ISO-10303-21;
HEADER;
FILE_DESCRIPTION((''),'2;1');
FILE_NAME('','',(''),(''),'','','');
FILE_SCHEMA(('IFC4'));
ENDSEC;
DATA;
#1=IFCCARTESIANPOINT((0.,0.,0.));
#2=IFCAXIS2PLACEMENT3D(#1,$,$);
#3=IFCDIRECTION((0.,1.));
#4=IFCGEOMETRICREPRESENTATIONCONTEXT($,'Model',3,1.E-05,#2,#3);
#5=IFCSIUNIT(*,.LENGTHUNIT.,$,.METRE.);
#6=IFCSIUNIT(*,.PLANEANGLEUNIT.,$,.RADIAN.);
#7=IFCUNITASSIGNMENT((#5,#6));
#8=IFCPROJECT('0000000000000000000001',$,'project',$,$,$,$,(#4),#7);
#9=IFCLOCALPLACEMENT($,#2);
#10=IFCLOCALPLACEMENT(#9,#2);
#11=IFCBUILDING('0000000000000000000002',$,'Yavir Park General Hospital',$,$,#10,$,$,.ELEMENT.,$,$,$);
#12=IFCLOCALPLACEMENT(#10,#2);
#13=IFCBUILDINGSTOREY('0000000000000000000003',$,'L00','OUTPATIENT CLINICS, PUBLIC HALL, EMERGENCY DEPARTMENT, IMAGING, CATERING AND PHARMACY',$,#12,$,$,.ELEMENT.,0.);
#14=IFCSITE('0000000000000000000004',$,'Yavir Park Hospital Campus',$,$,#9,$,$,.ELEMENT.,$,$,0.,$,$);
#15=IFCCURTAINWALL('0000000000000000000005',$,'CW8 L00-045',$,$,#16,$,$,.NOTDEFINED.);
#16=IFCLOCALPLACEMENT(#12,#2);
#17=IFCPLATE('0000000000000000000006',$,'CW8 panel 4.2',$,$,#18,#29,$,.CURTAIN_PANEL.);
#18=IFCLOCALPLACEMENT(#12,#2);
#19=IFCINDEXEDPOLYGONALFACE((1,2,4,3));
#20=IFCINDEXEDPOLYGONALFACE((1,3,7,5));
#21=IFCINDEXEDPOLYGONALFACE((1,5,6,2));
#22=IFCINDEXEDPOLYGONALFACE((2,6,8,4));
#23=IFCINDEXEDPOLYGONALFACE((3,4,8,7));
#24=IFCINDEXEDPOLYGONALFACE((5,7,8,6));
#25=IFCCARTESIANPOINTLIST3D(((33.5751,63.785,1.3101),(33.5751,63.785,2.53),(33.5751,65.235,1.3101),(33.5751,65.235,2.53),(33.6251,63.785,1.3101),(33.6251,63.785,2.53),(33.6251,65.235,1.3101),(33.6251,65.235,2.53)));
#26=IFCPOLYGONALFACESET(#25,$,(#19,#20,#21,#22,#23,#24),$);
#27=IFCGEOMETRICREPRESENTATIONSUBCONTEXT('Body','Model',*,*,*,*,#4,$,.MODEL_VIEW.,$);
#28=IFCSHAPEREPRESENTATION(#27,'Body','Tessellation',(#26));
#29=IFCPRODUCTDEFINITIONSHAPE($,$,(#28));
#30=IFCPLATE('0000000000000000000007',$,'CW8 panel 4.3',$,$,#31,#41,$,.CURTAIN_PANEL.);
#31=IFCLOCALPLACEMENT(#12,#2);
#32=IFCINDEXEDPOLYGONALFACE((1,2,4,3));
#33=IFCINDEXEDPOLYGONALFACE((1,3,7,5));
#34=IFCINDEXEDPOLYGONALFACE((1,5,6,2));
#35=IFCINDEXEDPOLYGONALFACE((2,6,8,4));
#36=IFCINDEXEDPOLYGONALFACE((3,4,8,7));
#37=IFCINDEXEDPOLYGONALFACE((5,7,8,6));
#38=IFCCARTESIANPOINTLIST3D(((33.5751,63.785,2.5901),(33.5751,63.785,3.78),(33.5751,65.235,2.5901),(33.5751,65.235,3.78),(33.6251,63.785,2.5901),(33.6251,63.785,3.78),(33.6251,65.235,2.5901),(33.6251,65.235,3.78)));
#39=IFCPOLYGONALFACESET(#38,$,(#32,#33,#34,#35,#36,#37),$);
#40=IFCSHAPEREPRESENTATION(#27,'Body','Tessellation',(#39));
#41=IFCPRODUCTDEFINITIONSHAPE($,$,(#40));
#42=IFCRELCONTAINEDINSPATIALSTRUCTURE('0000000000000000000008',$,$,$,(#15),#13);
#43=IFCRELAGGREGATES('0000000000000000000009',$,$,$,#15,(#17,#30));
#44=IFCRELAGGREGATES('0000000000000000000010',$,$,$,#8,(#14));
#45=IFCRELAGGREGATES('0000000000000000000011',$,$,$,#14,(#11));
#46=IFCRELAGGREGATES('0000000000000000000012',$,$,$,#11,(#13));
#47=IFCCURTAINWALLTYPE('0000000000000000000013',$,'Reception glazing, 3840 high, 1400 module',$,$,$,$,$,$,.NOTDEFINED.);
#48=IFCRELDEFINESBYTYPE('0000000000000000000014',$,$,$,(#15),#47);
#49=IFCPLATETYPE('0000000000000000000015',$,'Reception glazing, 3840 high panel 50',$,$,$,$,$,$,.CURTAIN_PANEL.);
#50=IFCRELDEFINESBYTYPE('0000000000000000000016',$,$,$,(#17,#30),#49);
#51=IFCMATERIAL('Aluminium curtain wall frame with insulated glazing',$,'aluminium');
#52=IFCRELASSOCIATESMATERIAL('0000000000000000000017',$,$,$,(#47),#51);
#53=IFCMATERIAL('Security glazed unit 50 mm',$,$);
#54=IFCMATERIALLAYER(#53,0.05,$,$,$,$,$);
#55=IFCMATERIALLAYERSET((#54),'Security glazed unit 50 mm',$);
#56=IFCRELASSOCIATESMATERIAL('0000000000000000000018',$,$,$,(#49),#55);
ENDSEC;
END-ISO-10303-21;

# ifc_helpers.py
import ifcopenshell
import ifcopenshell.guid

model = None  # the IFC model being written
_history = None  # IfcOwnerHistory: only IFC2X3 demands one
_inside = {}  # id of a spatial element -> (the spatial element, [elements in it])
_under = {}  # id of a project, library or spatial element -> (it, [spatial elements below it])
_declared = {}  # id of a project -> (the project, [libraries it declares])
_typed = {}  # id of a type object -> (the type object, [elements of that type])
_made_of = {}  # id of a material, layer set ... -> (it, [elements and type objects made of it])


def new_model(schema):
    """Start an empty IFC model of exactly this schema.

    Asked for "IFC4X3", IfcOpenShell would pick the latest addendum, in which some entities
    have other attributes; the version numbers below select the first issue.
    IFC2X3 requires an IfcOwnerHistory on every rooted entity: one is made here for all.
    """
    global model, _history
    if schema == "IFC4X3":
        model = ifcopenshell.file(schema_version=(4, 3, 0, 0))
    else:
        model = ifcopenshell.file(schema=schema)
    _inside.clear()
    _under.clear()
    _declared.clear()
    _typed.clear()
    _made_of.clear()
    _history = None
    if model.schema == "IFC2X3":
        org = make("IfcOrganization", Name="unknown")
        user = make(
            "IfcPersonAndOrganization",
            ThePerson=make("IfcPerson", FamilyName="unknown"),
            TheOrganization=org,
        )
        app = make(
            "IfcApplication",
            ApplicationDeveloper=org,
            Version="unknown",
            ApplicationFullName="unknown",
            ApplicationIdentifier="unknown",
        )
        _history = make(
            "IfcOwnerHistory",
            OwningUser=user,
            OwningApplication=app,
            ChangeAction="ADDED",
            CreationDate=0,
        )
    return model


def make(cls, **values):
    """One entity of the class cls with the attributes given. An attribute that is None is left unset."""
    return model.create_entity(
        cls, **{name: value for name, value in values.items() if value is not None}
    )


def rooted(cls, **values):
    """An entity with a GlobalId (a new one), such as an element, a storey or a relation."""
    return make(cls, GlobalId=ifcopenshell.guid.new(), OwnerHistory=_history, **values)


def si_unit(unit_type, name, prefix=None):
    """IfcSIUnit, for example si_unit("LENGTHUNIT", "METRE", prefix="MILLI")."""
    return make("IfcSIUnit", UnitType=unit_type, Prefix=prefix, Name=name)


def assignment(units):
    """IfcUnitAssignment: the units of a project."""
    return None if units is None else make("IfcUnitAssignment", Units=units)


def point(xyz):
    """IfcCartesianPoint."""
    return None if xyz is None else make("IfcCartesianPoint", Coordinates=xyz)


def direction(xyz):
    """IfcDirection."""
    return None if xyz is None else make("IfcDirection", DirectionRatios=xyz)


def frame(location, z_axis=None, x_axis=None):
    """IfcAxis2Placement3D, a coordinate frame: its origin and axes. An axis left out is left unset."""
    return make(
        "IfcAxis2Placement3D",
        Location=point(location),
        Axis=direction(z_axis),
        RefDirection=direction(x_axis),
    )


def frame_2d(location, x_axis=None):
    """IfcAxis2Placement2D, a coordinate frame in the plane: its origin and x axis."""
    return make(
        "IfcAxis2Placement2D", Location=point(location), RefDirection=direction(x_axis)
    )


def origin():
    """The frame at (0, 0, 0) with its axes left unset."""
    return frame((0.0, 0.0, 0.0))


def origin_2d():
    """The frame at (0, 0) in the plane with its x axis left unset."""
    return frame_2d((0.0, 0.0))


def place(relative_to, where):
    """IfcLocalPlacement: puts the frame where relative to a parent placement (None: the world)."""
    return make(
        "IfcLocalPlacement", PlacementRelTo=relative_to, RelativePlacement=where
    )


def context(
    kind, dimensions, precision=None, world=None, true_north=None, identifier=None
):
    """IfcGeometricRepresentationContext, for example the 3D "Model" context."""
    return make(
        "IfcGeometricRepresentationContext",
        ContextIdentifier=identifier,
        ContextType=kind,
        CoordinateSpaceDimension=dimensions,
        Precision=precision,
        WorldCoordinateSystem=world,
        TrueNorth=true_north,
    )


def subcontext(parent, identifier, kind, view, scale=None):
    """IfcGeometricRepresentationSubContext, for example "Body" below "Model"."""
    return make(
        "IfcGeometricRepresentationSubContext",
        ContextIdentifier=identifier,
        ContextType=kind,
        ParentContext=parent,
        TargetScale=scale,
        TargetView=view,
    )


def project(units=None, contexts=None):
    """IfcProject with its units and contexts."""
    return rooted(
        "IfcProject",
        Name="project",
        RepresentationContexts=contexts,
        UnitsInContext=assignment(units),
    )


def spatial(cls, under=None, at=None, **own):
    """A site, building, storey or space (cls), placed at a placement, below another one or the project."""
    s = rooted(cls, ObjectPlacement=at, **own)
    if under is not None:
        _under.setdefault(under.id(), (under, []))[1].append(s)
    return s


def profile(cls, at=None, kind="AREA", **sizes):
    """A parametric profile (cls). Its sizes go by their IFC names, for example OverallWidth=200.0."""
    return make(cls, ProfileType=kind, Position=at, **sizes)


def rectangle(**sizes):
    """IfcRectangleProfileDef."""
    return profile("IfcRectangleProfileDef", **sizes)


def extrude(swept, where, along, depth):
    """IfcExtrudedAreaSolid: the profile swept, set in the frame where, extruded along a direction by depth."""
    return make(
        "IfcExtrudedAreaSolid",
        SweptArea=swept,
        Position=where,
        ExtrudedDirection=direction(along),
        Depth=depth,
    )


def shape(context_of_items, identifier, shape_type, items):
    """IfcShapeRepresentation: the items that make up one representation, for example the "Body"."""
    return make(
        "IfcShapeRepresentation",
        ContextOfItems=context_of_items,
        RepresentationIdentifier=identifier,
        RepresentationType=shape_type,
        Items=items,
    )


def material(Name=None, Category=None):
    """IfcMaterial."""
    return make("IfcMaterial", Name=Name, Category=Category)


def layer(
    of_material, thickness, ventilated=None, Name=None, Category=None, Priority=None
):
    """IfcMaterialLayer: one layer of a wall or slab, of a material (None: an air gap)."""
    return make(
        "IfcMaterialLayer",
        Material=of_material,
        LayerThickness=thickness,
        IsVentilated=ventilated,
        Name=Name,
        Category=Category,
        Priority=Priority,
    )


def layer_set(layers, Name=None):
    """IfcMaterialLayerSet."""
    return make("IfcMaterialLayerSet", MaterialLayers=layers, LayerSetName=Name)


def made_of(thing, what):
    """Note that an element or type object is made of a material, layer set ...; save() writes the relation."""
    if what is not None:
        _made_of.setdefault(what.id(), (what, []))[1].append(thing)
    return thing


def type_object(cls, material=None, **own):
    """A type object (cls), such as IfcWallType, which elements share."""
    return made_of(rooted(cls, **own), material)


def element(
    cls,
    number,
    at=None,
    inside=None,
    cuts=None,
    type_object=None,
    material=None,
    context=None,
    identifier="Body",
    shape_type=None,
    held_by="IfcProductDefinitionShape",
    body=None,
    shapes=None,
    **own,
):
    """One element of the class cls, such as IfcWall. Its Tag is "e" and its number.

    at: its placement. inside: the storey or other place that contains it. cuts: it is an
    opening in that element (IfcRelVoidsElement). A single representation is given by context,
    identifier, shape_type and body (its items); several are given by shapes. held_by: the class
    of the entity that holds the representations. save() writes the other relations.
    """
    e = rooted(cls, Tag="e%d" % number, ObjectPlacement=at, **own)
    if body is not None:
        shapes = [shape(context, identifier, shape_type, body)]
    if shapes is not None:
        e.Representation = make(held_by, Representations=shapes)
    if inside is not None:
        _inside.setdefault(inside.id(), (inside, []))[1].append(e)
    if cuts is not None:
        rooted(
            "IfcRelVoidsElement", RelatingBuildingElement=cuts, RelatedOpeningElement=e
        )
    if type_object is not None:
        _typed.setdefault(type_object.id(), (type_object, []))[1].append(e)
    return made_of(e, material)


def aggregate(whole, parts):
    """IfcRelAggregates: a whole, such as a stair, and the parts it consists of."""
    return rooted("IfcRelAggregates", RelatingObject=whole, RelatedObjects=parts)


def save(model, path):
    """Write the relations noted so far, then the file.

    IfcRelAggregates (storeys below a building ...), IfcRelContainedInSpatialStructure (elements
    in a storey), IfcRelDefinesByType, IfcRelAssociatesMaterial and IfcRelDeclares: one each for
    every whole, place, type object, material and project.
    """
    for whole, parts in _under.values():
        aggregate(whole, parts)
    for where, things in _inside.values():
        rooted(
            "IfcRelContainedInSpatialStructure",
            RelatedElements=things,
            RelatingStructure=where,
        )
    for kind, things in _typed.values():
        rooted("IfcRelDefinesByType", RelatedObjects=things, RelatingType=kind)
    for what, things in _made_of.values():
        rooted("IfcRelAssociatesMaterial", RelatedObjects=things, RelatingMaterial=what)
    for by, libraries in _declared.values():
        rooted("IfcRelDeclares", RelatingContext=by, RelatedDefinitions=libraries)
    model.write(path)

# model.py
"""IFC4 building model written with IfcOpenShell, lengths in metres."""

from ifc_helpers import new_model, si_unit, direction, frame, origin, origin_2d, place, context, subcontext, project, spatial, rectangle, extrude, material, layer, layer_set, type_object, element, aggregate, save


model = new_model("IFC4")

# Units and contexts
model_context = context("Model", 3, precision=1e-05, world=origin(), true_north=direction((0.0, 1.0)))
body_context = subcontext(model_context, "Body", "Model", "MODEL_VIEW")
ifc_project = project(units=[si_unit("LENGTHUNIT", "METRE"), si_unit("PLANEANGLEUNIT", "RADIAN")], contexts=[model_context])

# Site, building, storey
site_placement = place(None, origin())
site = spatial("IfcSite", under=ifc_project, at=site_placement, Name="Yavir Park Hospital Campus", CompositionType="ELEMENT", RefElevation=0.0)
building_placement = place(site_placement, origin())
building = spatial("IfcBuilding", under=site, at=building_placement, Name="Yavir Park General Hospital", CompositionType="ELEMENT")
storey_placement = place(building_placement, origin())
storey = spatial("IfcBuildingStorey", under=building, at=storey_placement, Name="L00", Description="OUTPATIENT CLINICS, PUBLIC HALL, EMERGENCY DEPARTMENT, IMAGING, CATERING AND PHARMACY", CompositionType="ELEMENT", Elevation=0.0)

# Curtain wall, plates
ifc_material_1 = material(Name="Aluminium curtain wall frame with insulated glazing", Category="aluminium")
curtain_wall_type = type_object("IfcCurtainWallType", Name="Reception glazing, 3840 high, 1400 module", PredefinedType="NOTDEFINED", material=ifc_material_1)
curtain_wall_placement = place(storey_placement, origin())
curtain_wall = element("IfcCurtainWall", 1, at=curtain_wall_placement, inside=storey, type_object=curtain_wall_type, Name="CW8 L00-045", PredefinedType="NOTDEFINED")
ifc_material_2 = material(Name="Security glazed unit 50 mm")
ifc_layer = layer(ifc_material_2, 0.05)
ifc_layer_set = layer_set([ifc_layer], Name="Security glazed unit 50 mm")
plate_type = type_object("IfcPlateType", Name="Reception glazing, 3840 high panel 50", PredefinedType="CURTAIN_PANEL", material=ifc_layer_set)
plate_1_placement = place(storey_placement, frame((33.6001, 64.51, 1.3101), z_axis=(0.0, 0.0, 1.0), x_axis=(0.0, 1.0, 0.0)))
plate_1 = element("IfcPlate", 2, at=plate_1_placement, type_object=plate_type, Name="CW8 panel 4.2", PredefinedType="CURTAIN_PANEL", context=body_context, shape_type="SweptSolid", body=[
    extrude(rectangle(XDim=1.45, YDim=0.05, at=origin_2d()), origin(), (0.0, 0.0, 1.0), 1.22),
])
plate_2_placement = place(storey_placement, frame((33.6001, 64.51, 2.5901), z_axis=(0.0, 0.0, 1.0), x_axis=(0.0, 1.0, 0.0)))
plate_2 = element("IfcPlate", 3, at=plate_2_placement, type_object=plate_type, Name="CW8 panel 4.3", PredefinedType="CURTAIN_PANEL", context=body_context, shape_type="SweptSolid", body=[
    extrude(rectangle(XDim=1.45, YDim=0.05, at=origin_2d()), origin(), (0.0, 0.0, 1.0), 1.1899),
])
aggregate(curtain_wall, [plate_1, plate_2])

save(model, "model.ifc")
